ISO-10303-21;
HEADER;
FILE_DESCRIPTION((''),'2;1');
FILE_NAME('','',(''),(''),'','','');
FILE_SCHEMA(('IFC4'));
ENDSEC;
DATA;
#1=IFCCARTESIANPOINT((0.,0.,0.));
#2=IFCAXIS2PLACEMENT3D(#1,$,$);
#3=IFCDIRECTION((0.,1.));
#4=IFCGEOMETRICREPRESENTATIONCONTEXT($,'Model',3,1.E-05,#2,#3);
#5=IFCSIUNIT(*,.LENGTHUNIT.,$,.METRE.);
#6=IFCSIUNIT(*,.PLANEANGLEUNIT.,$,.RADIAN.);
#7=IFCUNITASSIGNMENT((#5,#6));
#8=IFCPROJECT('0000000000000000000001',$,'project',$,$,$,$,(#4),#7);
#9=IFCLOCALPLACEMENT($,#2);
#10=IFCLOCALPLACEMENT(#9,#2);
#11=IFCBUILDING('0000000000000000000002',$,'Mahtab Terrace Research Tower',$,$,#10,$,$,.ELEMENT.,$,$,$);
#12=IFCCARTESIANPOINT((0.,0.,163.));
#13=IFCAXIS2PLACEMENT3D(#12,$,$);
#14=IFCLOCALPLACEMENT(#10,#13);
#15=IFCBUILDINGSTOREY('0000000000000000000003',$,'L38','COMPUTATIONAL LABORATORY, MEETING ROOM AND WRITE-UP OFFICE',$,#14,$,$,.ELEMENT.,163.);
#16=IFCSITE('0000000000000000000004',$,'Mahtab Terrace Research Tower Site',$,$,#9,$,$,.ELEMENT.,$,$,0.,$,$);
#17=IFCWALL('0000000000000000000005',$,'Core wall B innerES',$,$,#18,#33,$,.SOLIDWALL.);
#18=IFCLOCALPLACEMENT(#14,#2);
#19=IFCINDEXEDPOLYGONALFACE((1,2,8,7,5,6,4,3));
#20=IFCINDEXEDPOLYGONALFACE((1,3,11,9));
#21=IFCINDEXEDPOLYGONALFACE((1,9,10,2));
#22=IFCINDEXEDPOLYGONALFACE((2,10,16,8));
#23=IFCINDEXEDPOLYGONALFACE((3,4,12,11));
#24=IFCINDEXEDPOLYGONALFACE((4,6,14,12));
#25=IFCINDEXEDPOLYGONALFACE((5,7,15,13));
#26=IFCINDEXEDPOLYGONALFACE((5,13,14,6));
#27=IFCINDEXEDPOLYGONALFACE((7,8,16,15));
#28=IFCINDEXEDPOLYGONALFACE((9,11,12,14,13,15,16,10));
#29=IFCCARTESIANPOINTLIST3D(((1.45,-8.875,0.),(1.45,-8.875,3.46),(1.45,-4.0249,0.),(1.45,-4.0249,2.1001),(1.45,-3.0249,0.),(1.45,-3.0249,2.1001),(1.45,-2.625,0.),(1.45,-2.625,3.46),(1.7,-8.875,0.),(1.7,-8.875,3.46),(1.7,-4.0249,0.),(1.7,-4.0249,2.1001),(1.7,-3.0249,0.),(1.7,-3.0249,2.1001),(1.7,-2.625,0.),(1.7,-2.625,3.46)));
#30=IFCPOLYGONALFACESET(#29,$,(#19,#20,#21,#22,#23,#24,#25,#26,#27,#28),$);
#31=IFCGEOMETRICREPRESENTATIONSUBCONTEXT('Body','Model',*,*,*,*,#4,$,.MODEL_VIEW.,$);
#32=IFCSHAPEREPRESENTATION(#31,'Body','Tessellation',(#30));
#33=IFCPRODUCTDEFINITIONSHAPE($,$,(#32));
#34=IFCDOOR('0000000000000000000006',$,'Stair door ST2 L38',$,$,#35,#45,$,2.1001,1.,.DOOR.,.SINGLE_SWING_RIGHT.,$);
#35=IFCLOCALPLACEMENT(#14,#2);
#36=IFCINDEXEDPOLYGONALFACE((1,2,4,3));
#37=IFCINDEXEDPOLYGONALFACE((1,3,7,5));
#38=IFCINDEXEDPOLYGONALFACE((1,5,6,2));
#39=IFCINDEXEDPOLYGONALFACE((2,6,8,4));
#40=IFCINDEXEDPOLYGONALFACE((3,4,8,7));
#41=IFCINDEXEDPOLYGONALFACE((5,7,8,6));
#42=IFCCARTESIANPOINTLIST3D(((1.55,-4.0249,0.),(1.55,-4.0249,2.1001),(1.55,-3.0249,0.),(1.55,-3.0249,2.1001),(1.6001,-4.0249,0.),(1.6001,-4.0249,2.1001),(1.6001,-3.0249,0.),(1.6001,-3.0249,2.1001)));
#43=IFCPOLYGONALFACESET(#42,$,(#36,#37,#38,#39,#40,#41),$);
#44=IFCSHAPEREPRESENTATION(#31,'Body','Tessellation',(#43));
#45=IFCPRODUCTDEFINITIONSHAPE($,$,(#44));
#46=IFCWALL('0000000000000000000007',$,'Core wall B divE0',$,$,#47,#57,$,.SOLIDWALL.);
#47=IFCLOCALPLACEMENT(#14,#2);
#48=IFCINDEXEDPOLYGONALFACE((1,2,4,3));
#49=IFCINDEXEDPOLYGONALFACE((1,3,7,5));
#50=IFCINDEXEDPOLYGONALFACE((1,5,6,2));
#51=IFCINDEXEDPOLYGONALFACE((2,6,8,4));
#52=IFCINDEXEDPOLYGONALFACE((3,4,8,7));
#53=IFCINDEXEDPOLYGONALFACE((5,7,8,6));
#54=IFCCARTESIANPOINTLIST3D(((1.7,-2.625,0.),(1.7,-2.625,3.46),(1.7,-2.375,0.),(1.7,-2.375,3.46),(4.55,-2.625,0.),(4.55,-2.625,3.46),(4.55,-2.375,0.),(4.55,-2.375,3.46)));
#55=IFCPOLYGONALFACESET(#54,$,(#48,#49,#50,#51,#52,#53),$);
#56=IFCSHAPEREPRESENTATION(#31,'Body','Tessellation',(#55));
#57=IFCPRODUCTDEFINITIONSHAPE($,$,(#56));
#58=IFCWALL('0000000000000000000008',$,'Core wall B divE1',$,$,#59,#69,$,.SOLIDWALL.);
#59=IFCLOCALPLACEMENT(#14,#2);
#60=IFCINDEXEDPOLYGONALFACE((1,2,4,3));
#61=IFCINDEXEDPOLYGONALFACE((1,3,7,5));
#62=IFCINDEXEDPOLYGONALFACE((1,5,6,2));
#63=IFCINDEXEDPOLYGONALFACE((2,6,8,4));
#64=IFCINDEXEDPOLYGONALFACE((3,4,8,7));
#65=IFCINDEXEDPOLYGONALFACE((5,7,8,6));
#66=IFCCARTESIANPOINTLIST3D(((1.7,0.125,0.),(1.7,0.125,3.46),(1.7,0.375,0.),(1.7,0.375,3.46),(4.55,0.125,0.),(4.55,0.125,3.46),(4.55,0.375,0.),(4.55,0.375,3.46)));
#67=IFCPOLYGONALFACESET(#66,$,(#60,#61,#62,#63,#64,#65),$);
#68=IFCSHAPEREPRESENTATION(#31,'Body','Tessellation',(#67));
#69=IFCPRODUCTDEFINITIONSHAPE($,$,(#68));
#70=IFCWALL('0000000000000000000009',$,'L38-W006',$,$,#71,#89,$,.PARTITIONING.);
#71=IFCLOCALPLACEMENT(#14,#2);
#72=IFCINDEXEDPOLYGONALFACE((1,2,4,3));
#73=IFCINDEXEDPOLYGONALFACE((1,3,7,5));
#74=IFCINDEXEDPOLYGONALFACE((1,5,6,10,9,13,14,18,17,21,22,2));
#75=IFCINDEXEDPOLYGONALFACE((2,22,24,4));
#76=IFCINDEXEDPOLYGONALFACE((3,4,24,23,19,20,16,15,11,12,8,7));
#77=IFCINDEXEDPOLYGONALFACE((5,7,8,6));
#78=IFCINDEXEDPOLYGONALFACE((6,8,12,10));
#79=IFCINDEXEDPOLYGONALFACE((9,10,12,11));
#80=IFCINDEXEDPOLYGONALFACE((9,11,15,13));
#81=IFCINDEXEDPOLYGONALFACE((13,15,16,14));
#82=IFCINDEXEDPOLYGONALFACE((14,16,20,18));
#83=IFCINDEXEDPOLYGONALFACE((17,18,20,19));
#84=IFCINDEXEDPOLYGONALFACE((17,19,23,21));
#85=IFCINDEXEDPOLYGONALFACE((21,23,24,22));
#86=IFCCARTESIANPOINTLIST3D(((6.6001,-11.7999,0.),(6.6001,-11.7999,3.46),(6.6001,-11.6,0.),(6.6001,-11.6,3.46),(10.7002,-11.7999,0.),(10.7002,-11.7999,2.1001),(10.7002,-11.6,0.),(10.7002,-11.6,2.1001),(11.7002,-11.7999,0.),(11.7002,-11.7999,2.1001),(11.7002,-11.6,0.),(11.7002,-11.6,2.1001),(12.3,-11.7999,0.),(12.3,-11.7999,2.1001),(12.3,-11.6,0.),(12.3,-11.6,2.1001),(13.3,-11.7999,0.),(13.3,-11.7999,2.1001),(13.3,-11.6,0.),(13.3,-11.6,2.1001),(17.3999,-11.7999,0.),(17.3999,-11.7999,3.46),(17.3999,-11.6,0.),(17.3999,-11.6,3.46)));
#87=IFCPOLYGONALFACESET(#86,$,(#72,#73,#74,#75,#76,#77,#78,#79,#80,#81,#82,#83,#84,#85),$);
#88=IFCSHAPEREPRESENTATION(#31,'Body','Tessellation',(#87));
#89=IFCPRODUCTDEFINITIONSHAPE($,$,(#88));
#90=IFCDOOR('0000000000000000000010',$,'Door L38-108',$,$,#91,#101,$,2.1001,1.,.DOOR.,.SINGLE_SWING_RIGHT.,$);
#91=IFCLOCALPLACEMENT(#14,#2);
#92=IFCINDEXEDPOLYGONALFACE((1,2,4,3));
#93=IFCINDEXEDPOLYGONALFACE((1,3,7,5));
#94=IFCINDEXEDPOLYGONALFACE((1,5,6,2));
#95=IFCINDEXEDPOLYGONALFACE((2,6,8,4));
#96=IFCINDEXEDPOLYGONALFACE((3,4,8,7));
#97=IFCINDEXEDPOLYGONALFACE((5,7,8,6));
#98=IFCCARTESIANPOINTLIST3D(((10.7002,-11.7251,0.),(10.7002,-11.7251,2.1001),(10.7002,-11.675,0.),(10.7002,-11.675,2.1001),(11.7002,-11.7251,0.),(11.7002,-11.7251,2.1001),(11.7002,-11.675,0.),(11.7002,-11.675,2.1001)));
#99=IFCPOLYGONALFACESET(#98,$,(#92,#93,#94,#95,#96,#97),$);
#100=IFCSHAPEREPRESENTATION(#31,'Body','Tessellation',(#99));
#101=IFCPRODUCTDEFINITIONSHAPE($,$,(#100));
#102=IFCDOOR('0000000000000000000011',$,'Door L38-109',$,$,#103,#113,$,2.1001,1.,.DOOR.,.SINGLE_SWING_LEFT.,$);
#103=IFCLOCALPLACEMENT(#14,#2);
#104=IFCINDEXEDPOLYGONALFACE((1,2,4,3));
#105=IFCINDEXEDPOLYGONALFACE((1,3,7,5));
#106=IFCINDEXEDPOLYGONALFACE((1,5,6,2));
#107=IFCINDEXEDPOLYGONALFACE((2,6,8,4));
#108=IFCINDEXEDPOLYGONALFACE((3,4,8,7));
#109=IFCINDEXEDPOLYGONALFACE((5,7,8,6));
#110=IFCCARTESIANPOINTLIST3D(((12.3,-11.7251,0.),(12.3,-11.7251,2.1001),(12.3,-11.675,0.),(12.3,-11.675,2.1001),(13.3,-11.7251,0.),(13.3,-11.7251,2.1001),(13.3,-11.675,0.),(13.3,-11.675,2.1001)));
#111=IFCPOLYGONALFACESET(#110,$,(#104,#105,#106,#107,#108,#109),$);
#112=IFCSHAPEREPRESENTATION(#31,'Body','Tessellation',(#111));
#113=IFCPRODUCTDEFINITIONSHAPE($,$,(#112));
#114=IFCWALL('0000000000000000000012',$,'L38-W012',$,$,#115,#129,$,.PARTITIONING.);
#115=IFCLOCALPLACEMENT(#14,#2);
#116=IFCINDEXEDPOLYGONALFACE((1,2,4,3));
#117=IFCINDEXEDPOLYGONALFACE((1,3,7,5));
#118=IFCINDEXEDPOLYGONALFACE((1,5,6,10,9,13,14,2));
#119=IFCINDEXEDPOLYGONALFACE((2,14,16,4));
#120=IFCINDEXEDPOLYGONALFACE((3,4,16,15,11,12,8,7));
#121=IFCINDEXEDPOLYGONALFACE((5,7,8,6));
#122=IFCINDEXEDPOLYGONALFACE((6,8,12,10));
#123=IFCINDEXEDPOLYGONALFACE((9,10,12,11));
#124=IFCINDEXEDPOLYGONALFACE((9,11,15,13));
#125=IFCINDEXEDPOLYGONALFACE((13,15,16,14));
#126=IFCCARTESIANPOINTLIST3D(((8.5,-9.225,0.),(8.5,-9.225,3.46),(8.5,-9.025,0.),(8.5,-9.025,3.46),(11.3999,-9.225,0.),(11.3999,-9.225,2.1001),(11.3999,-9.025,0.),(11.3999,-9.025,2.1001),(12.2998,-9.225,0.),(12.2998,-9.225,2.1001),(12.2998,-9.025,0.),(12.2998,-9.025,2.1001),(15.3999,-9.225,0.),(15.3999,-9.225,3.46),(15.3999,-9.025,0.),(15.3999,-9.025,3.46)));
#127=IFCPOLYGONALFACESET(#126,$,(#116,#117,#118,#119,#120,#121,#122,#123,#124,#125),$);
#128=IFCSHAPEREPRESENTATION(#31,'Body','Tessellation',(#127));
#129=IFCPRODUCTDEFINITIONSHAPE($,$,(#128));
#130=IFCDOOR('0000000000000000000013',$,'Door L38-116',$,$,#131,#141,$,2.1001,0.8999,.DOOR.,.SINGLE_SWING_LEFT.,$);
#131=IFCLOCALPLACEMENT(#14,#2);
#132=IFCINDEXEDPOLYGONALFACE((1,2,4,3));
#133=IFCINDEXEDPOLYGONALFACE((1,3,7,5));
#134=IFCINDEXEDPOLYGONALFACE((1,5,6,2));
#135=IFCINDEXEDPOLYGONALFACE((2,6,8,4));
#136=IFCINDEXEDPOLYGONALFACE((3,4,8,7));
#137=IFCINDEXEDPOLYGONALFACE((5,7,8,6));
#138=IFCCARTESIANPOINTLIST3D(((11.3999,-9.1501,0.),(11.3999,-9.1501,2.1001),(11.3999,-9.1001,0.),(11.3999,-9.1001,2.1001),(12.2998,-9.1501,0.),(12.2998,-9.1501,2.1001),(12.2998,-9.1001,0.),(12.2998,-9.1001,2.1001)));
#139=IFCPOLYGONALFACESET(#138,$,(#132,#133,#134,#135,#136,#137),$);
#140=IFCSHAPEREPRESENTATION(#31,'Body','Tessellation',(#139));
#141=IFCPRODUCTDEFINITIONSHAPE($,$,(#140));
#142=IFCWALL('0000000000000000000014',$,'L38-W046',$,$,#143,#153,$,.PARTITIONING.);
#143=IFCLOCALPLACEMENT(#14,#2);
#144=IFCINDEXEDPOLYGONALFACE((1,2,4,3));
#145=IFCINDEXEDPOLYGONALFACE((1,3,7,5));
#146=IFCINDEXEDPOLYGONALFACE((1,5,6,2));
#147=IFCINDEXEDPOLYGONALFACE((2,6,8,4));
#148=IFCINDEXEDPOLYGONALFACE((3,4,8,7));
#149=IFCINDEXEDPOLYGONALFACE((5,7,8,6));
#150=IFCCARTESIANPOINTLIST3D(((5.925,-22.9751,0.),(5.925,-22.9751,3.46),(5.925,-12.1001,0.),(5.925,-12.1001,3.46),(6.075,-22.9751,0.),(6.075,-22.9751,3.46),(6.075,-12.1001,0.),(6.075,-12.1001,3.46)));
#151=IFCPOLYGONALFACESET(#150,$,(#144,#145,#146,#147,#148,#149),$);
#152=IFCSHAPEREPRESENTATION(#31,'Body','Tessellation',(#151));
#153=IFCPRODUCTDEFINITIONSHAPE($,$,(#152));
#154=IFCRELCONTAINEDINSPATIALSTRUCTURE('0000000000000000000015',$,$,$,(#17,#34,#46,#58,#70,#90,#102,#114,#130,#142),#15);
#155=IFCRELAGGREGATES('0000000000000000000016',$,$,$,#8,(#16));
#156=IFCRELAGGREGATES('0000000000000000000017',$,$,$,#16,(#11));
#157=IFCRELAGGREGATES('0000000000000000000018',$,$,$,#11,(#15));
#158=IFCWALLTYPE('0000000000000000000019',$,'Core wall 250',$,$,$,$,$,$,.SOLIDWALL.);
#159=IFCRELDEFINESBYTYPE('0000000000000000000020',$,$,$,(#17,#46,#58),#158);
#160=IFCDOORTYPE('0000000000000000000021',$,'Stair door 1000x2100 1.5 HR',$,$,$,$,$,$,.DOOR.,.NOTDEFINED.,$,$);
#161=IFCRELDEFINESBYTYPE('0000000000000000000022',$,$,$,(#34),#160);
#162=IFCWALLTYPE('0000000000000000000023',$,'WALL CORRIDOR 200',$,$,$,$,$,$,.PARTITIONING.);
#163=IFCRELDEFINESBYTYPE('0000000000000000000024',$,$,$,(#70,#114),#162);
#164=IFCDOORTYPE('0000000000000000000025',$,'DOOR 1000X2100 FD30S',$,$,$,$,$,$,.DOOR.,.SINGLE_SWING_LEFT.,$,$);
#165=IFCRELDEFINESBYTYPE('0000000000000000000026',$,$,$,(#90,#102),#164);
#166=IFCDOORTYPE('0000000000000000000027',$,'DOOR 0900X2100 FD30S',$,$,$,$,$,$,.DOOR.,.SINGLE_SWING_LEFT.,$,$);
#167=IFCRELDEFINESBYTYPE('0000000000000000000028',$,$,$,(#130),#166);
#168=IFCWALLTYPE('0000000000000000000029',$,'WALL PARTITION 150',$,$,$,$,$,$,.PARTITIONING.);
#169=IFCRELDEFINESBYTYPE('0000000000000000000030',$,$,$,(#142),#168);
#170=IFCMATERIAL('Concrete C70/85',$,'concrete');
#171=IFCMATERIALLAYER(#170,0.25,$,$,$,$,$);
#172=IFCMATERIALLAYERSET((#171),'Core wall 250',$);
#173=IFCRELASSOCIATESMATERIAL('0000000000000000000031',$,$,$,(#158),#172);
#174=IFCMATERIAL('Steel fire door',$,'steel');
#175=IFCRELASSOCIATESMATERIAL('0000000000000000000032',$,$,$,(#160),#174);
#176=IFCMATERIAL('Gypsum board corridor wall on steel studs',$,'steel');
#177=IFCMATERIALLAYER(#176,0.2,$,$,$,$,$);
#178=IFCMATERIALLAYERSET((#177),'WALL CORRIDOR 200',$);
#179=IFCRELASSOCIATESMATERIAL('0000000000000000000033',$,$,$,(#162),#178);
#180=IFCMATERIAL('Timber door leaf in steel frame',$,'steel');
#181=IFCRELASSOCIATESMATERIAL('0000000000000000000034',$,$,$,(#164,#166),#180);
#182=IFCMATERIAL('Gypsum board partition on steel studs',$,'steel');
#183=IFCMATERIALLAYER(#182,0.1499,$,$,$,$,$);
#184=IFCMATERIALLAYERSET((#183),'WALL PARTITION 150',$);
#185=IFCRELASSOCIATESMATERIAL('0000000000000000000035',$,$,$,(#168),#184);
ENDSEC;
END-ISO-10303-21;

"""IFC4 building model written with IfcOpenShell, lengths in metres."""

from ifc_helpers import new_model, si_unit, direction, frame, frame_2d, origin, place, context, subcontext, project, spatial, rectangle, extrude, material, layer, layer_set, type_object, element, fill, save


model = new_model("IFC4")

# Units and contexts
model_context = context("Model", 3, precision=1e-05, world=origin(), true_north=direction((0.0, 1.0)))
body_context = subcontext(model_context, "Body", "Model", "MODEL_VIEW")
ifc_project = project(units=[si_unit("LENGTHUNIT", "METRE"), si_unit("PLANEANGLEUNIT", "RADIAN")], contexts=[model_context])

# Site, building, storey
site_placement = place(None, origin())
site = spatial("IfcSite", under=ifc_project, at=site_placement, Name="Mahtab Terrace Research Tower Site", CompositionType="ELEMENT", RefElevation=0.0)
building_placement = place(site_placement, origin())
building = spatial("IfcBuilding", under=site, at=building_placement, Name="Mahtab Terrace Research Tower", CompositionType="ELEMENT")
storey_placement = place(building_placement, frame((0.0, 0.0, 163.0)))
storey = spatial("IfcBuildingStorey", under=building, at=storey_placement, Name="L38", Description="COMPUTATIONAL LABORATORY, MEETING ROOM AND WRITE-UP OFFICE", CompositionType="ELEMENT", Elevation=163.0)

# Shared definitions
ifc_material_1 = material(Name="Concrete C70/85", Category="concrete")

# Shared definitions
ifc_layer_1 = layer(ifc_material_1, 0.25)
ifc_layer_set_1 = layer_set([ifc_layer_1], Name="Core wall 250")
wall_type_1 = type_object("IfcWallType", Name="Core wall 250", PredefinedType="SOLIDWALL", material=ifc_layer_set_1)

# Wall, opening, door
ifc_material_2 = material(Name="Steel fire door", Category="steel")
wall_1_placement = place(storey_placement, frame((1.575, -8.875, 0.0), z_axis=(0.0, 0.0, 1.0), x_axis=(0.0, 1.0, 0.0)))
wall_1 = element("IfcWall", 1, at=wall_1_placement, inside=storey, type_object=wall_type_1, Name="Core wall B innerES", PredefinedType="SOLIDWALL", context=body_context, shape_type="SweptSolid", body=[
    extrude(rectangle(XDim=6.25, YDim=0.25, at=frame_2d((3.125, 0.0))), origin(), (0.0, 0.0, 1.0), 3.46),
])
opening_1_placement = place(wall_1_placement, frame((4.8501, 0.0, 0.0)))
opening_1 = element("IfcOpeningElement", 2, at=opening_1_placement, cuts=wall_1, PredefinedType="OPENING", context=body_context, shape_type="SweptSolid", body=[
    extrude(rectangle(XDim=1.0, YDim=2.1001, at=frame_2d((0.5, 1.05))), frame((0.0, 0.135, 0.0), z_axis=(0.0, -1.0, 0.0), x_axis=(1.0, 0.0, 0.0)), (0.0, 0.0, 1.0), 0.27),
])
door_type_1 = type_object("IfcDoorType", Name="Stair door 1000x2100 1.5 HR", OperationType="NOTDEFINED", PredefinedType="DOOR", material=ifc_material_2)
door_1_placement = place(opening_1_placement, origin())
door_1 = element("IfcDoor", 3, at=door_1_placement, inside=storey, type_object=door_type_1, Name="Stair door ST2 L38", OperationType="SINGLE_SWING_RIGHT", OverallHeight=2.1001, OverallWidth=1.0, PredefinedType="DOOR", context=body_context, shape_type="SweptSolid", body=[
    extrude(rectangle(XDim=1.0, YDim=2.1001, at=frame_2d((0.5, 1.05))), frame((0.0, 0.0249, 0.0), z_axis=(0.0, -1.0, 0.0), x_axis=(1.0, 0.0, 0.0)), (0.0, 0.0, 1.0), 0.05),
])
fill(opening_1, door_1)

# Walls
for number, where, z_axis, x_axis, name in (
    (4, (1.7, -2.5, 0.0), (0.0, 0.0, 1.0), (1.0, 0.0, 0.0), "Core wall B divE0"),
    (5, (1.7, 0.25, 0.0), (0.0, 0.0, 1.0), (1.0, 0.0, 0.0), "Core wall B divE1"),
):
    element("IfcWall", number, at=place(storey_placement, frame(where, z_axis=z_axis, x_axis=x_axis)), inside=storey, type_object=wall_type_1, Name=name, PredefinedType="SOLIDWALL", context=body_context, shape_type="SweptSolid", body=[
        extrude(rectangle(XDim=2.8501, YDim=0.25, at=frame_2d((1.425, 0.0))), origin(), (0.0, 0.0, 1.0), 3.46),
    ])

# Wall, openings, doors
ifc_material_3 = material(Name="Gypsum board corridor wall on steel studs", Category="steel")
ifc_layer_2 = layer(ifc_material_3, 0.2)
ifc_layer_set_2 = layer_set([ifc_layer_2], Name="WALL CORRIDOR 200")
wall_type_2 = type_object("IfcWallType", Name="WALL CORRIDOR 200", PredefinedType="PARTITIONING", material=ifc_layer_set_2)
wall_2_placement = place(storey_placement, frame((6.6001, -11.7, 0.0), z_axis=(0.0, 0.0, 1.0), x_axis=(1.0, 0.0, 0.0)))
wall_2 = element("IfcWall", 6, at=wall_2_placement, inside=storey, type_object=wall_type_2, Name="L38-W006", PredefinedType="PARTITIONING", context=body_context, shape_type="SweptSolid", body=[
    extrude(rectangle(XDim=10.7998, YDim=0.2, at=frame_2d((5.3999, 0.0))), origin(), (0.0, 0.0, 1.0), 3.46),
])
opening_2_placement = place(wall_2_placement, frame((4.1001, 0.0, 0.0)))
opening_2 = element("IfcOpeningElement", 7, at=opening_2_placement, cuts=wall_2, PredefinedType="OPENING", context=body_context, shape_type="SweptSolid", body=[
    extrude(rectangle(XDim=1.0, YDim=2.1001, at=frame_2d((0.5, 1.05))), frame((0.0, 0.1099, 0.0), z_axis=(0.0, -1.0, 0.0), x_axis=(1.0, 0.0, 0.0)), (0.0, 0.0, 1.0), 0.22),
])
opening_3_placement = place(wall_2_placement, frame((5.7, 0.0, 0.0)))
opening_3 = element("IfcOpeningElement", 8, at=opening_3_placement, cuts=wall_2, PredefinedType="OPENING", context=body_context, shape_type="SweptSolid", body=[
    extrude(rectangle(XDim=1.0, YDim=2.1001, at=frame_2d((0.5, 1.05))), frame((0.0, 0.1099, 0.0), z_axis=(0.0, -1.0, 0.0), x_axis=(1.0, 0.0, 0.0)), (0.0, 0.0, 1.0), 0.22),
])
ifc_material_4 = material(Name="Timber door leaf in steel frame", Category="steel")
door_type_2 = type_object("IfcDoorType", Name="DOOR 1000X2100 FD30S", OperationType="SINGLE_SWING_LEFT", PredefinedType="DOOR", material=ifc_material_4)
door_2_placement = place(opening_2_placement, origin())
door_2 = element("IfcDoor", 9, at=door_2_placement, inside=storey, type_object=door_type_2, Name="Door L38-108", OperationType="SINGLE_SWING_RIGHT", OverallHeight=2.1001, OverallWidth=1.0, PredefinedType="DOOR", context=body_context, shape_type="SweptSolid", body=[
    extrude(rectangle(XDim=1.0, YDim=2.1001, at=frame_2d((0.5, 1.05))), frame((0.0, 0.0249, 0.0), z_axis=(0.0, -1.0, 0.0), x_axis=(1.0, 0.0, 0.0)), (0.0, 0.0, 1.0), 0.05),
])
fill(opening_2, door_2)
door_3_placement = place(opening_3_placement, origin())
door_3 = element("IfcDoor", 10, at=door_3_placement, inside=storey, type_object=door_type_2, Name="Door L38-109", OperationType="SINGLE_SWING_LEFT", OverallHeight=2.1001, OverallWidth=1.0, PredefinedType="DOOR", context=body_context, shape_type="SweptSolid", body=[
    extrude(rectangle(XDim=1.0, YDim=2.1001, at=frame_2d((0.5, 1.05))), frame((0.0, 0.0249, 0.0), z_axis=(0.0, -1.0, 0.0), x_axis=(1.0, 0.0, 0.0)), (0.0, 0.0, 1.0), 0.05),
])
fill(opening_3, door_3)

# Wall, opening, door
wall_3_placement = place(storey_placement, frame((8.5, -9.125, 0.0), z_axis=(0.0, 0.0, 1.0), x_axis=(1.0, 0.0, 0.0)))
wall_3 = element("IfcWall", 11, at=wall_3_placement, inside=storey, type_object=wall_type_2, Name="L38-W012", PredefinedType="PARTITIONING", context=body_context, shape_type="SweptSolid", body=[
    extrude(rectangle(XDim=6.8999, YDim=0.2, at=frame_2d((3.45, 0.0))), origin(), (0.0, 0.0, 1.0), 3.46),
])
opening_4_placement = place(wall_3_placement, frame((2.8999, 0.0, 0.0)))
opening_4 = element("IfcOpeningElement", 12, at=opening_4_placement, cuts=wall_3, PredefinedType="OPENING", context=body_context, shape_type="SweptSolid", body=[
    extrude(rectangle(XDim=0.8999, YDim=2.1001, at=frame_2d((0.45, 1.05))), frame((0.0, 0.1099, 0.0), z_axis=(0.0, -1.0, 0.0), x_axis=(1.0, 0.0, 0.0)), (0.0, 0.0, 1.0), 0.22),
])
door_type_3 = type_object("IfcDoorType", Name="DOOR 0900X2100 FD30S", OperationType="SINGLE_SWING_LEFT", PredefinedType="DOOR", material=ifc_material_4)
door_4_placement = place(opening_4_placement, origin())
door_4 = element("IfcDoor", 13, at=door_4_placement, inside=storey, type_object=door_type_3, Name="Door L38-116", OperationType="SINGLE_SWING_LEFT", OverallHeight=2.1001, OverallWidth=0.8999, PredefinedType="DOOR", context=body_context, shape_type="SweptSolid", body=[
    extrude(rectangle(XDim=0.8999, YDim=2.1001, at=frame_2d((0.45, 1.05))), frame((0.0, 0.0249, 0.0), z_axis=(0.0, -1.0, 0.0), x_axis=(1.0, 0.0, 0.0)), (0.0, 0.0, 1.0), 0.05),
])
fill(opening_4, door_4)

# Wall
ifc_material_5 = material(Name="Gypsum board partition on steel studs", Category="steel")
ifc_layer_3 = layer(ifc_material_5, 0.1499)
ifc_layer_set_3 = layer_set([ifc_layer_3], Name="WALL PARTITION 150")
wall_type_3 = type_object("IfcWallType", Name="WALL PARTITION 150", PredefinedType="PARTITIONING", material=ifc_layer_set_3)
wall_4_placement = place(storey_placement, frame((6.0, -22.9751, 0.0), z_axis=(0.0, 0.0, 1.0), x_axis=(0.0, 1.0, 0.0)))
element("IfcWall", 14, at=wall_4_placement, inside=storey, type_object=wall_type_3, Name="L38-W046", PredefinedType="PARTITIONING", context=body_context, shape_type="SweptSolid", body=[
    extrude(rectangle(XDim=10.875, YDim=0.1499, at=frame_2d((5.4375, 0.0))), origin(), (0.0, 0.0, 1.0), 3.46),
])

save(model, "model.ifc")
